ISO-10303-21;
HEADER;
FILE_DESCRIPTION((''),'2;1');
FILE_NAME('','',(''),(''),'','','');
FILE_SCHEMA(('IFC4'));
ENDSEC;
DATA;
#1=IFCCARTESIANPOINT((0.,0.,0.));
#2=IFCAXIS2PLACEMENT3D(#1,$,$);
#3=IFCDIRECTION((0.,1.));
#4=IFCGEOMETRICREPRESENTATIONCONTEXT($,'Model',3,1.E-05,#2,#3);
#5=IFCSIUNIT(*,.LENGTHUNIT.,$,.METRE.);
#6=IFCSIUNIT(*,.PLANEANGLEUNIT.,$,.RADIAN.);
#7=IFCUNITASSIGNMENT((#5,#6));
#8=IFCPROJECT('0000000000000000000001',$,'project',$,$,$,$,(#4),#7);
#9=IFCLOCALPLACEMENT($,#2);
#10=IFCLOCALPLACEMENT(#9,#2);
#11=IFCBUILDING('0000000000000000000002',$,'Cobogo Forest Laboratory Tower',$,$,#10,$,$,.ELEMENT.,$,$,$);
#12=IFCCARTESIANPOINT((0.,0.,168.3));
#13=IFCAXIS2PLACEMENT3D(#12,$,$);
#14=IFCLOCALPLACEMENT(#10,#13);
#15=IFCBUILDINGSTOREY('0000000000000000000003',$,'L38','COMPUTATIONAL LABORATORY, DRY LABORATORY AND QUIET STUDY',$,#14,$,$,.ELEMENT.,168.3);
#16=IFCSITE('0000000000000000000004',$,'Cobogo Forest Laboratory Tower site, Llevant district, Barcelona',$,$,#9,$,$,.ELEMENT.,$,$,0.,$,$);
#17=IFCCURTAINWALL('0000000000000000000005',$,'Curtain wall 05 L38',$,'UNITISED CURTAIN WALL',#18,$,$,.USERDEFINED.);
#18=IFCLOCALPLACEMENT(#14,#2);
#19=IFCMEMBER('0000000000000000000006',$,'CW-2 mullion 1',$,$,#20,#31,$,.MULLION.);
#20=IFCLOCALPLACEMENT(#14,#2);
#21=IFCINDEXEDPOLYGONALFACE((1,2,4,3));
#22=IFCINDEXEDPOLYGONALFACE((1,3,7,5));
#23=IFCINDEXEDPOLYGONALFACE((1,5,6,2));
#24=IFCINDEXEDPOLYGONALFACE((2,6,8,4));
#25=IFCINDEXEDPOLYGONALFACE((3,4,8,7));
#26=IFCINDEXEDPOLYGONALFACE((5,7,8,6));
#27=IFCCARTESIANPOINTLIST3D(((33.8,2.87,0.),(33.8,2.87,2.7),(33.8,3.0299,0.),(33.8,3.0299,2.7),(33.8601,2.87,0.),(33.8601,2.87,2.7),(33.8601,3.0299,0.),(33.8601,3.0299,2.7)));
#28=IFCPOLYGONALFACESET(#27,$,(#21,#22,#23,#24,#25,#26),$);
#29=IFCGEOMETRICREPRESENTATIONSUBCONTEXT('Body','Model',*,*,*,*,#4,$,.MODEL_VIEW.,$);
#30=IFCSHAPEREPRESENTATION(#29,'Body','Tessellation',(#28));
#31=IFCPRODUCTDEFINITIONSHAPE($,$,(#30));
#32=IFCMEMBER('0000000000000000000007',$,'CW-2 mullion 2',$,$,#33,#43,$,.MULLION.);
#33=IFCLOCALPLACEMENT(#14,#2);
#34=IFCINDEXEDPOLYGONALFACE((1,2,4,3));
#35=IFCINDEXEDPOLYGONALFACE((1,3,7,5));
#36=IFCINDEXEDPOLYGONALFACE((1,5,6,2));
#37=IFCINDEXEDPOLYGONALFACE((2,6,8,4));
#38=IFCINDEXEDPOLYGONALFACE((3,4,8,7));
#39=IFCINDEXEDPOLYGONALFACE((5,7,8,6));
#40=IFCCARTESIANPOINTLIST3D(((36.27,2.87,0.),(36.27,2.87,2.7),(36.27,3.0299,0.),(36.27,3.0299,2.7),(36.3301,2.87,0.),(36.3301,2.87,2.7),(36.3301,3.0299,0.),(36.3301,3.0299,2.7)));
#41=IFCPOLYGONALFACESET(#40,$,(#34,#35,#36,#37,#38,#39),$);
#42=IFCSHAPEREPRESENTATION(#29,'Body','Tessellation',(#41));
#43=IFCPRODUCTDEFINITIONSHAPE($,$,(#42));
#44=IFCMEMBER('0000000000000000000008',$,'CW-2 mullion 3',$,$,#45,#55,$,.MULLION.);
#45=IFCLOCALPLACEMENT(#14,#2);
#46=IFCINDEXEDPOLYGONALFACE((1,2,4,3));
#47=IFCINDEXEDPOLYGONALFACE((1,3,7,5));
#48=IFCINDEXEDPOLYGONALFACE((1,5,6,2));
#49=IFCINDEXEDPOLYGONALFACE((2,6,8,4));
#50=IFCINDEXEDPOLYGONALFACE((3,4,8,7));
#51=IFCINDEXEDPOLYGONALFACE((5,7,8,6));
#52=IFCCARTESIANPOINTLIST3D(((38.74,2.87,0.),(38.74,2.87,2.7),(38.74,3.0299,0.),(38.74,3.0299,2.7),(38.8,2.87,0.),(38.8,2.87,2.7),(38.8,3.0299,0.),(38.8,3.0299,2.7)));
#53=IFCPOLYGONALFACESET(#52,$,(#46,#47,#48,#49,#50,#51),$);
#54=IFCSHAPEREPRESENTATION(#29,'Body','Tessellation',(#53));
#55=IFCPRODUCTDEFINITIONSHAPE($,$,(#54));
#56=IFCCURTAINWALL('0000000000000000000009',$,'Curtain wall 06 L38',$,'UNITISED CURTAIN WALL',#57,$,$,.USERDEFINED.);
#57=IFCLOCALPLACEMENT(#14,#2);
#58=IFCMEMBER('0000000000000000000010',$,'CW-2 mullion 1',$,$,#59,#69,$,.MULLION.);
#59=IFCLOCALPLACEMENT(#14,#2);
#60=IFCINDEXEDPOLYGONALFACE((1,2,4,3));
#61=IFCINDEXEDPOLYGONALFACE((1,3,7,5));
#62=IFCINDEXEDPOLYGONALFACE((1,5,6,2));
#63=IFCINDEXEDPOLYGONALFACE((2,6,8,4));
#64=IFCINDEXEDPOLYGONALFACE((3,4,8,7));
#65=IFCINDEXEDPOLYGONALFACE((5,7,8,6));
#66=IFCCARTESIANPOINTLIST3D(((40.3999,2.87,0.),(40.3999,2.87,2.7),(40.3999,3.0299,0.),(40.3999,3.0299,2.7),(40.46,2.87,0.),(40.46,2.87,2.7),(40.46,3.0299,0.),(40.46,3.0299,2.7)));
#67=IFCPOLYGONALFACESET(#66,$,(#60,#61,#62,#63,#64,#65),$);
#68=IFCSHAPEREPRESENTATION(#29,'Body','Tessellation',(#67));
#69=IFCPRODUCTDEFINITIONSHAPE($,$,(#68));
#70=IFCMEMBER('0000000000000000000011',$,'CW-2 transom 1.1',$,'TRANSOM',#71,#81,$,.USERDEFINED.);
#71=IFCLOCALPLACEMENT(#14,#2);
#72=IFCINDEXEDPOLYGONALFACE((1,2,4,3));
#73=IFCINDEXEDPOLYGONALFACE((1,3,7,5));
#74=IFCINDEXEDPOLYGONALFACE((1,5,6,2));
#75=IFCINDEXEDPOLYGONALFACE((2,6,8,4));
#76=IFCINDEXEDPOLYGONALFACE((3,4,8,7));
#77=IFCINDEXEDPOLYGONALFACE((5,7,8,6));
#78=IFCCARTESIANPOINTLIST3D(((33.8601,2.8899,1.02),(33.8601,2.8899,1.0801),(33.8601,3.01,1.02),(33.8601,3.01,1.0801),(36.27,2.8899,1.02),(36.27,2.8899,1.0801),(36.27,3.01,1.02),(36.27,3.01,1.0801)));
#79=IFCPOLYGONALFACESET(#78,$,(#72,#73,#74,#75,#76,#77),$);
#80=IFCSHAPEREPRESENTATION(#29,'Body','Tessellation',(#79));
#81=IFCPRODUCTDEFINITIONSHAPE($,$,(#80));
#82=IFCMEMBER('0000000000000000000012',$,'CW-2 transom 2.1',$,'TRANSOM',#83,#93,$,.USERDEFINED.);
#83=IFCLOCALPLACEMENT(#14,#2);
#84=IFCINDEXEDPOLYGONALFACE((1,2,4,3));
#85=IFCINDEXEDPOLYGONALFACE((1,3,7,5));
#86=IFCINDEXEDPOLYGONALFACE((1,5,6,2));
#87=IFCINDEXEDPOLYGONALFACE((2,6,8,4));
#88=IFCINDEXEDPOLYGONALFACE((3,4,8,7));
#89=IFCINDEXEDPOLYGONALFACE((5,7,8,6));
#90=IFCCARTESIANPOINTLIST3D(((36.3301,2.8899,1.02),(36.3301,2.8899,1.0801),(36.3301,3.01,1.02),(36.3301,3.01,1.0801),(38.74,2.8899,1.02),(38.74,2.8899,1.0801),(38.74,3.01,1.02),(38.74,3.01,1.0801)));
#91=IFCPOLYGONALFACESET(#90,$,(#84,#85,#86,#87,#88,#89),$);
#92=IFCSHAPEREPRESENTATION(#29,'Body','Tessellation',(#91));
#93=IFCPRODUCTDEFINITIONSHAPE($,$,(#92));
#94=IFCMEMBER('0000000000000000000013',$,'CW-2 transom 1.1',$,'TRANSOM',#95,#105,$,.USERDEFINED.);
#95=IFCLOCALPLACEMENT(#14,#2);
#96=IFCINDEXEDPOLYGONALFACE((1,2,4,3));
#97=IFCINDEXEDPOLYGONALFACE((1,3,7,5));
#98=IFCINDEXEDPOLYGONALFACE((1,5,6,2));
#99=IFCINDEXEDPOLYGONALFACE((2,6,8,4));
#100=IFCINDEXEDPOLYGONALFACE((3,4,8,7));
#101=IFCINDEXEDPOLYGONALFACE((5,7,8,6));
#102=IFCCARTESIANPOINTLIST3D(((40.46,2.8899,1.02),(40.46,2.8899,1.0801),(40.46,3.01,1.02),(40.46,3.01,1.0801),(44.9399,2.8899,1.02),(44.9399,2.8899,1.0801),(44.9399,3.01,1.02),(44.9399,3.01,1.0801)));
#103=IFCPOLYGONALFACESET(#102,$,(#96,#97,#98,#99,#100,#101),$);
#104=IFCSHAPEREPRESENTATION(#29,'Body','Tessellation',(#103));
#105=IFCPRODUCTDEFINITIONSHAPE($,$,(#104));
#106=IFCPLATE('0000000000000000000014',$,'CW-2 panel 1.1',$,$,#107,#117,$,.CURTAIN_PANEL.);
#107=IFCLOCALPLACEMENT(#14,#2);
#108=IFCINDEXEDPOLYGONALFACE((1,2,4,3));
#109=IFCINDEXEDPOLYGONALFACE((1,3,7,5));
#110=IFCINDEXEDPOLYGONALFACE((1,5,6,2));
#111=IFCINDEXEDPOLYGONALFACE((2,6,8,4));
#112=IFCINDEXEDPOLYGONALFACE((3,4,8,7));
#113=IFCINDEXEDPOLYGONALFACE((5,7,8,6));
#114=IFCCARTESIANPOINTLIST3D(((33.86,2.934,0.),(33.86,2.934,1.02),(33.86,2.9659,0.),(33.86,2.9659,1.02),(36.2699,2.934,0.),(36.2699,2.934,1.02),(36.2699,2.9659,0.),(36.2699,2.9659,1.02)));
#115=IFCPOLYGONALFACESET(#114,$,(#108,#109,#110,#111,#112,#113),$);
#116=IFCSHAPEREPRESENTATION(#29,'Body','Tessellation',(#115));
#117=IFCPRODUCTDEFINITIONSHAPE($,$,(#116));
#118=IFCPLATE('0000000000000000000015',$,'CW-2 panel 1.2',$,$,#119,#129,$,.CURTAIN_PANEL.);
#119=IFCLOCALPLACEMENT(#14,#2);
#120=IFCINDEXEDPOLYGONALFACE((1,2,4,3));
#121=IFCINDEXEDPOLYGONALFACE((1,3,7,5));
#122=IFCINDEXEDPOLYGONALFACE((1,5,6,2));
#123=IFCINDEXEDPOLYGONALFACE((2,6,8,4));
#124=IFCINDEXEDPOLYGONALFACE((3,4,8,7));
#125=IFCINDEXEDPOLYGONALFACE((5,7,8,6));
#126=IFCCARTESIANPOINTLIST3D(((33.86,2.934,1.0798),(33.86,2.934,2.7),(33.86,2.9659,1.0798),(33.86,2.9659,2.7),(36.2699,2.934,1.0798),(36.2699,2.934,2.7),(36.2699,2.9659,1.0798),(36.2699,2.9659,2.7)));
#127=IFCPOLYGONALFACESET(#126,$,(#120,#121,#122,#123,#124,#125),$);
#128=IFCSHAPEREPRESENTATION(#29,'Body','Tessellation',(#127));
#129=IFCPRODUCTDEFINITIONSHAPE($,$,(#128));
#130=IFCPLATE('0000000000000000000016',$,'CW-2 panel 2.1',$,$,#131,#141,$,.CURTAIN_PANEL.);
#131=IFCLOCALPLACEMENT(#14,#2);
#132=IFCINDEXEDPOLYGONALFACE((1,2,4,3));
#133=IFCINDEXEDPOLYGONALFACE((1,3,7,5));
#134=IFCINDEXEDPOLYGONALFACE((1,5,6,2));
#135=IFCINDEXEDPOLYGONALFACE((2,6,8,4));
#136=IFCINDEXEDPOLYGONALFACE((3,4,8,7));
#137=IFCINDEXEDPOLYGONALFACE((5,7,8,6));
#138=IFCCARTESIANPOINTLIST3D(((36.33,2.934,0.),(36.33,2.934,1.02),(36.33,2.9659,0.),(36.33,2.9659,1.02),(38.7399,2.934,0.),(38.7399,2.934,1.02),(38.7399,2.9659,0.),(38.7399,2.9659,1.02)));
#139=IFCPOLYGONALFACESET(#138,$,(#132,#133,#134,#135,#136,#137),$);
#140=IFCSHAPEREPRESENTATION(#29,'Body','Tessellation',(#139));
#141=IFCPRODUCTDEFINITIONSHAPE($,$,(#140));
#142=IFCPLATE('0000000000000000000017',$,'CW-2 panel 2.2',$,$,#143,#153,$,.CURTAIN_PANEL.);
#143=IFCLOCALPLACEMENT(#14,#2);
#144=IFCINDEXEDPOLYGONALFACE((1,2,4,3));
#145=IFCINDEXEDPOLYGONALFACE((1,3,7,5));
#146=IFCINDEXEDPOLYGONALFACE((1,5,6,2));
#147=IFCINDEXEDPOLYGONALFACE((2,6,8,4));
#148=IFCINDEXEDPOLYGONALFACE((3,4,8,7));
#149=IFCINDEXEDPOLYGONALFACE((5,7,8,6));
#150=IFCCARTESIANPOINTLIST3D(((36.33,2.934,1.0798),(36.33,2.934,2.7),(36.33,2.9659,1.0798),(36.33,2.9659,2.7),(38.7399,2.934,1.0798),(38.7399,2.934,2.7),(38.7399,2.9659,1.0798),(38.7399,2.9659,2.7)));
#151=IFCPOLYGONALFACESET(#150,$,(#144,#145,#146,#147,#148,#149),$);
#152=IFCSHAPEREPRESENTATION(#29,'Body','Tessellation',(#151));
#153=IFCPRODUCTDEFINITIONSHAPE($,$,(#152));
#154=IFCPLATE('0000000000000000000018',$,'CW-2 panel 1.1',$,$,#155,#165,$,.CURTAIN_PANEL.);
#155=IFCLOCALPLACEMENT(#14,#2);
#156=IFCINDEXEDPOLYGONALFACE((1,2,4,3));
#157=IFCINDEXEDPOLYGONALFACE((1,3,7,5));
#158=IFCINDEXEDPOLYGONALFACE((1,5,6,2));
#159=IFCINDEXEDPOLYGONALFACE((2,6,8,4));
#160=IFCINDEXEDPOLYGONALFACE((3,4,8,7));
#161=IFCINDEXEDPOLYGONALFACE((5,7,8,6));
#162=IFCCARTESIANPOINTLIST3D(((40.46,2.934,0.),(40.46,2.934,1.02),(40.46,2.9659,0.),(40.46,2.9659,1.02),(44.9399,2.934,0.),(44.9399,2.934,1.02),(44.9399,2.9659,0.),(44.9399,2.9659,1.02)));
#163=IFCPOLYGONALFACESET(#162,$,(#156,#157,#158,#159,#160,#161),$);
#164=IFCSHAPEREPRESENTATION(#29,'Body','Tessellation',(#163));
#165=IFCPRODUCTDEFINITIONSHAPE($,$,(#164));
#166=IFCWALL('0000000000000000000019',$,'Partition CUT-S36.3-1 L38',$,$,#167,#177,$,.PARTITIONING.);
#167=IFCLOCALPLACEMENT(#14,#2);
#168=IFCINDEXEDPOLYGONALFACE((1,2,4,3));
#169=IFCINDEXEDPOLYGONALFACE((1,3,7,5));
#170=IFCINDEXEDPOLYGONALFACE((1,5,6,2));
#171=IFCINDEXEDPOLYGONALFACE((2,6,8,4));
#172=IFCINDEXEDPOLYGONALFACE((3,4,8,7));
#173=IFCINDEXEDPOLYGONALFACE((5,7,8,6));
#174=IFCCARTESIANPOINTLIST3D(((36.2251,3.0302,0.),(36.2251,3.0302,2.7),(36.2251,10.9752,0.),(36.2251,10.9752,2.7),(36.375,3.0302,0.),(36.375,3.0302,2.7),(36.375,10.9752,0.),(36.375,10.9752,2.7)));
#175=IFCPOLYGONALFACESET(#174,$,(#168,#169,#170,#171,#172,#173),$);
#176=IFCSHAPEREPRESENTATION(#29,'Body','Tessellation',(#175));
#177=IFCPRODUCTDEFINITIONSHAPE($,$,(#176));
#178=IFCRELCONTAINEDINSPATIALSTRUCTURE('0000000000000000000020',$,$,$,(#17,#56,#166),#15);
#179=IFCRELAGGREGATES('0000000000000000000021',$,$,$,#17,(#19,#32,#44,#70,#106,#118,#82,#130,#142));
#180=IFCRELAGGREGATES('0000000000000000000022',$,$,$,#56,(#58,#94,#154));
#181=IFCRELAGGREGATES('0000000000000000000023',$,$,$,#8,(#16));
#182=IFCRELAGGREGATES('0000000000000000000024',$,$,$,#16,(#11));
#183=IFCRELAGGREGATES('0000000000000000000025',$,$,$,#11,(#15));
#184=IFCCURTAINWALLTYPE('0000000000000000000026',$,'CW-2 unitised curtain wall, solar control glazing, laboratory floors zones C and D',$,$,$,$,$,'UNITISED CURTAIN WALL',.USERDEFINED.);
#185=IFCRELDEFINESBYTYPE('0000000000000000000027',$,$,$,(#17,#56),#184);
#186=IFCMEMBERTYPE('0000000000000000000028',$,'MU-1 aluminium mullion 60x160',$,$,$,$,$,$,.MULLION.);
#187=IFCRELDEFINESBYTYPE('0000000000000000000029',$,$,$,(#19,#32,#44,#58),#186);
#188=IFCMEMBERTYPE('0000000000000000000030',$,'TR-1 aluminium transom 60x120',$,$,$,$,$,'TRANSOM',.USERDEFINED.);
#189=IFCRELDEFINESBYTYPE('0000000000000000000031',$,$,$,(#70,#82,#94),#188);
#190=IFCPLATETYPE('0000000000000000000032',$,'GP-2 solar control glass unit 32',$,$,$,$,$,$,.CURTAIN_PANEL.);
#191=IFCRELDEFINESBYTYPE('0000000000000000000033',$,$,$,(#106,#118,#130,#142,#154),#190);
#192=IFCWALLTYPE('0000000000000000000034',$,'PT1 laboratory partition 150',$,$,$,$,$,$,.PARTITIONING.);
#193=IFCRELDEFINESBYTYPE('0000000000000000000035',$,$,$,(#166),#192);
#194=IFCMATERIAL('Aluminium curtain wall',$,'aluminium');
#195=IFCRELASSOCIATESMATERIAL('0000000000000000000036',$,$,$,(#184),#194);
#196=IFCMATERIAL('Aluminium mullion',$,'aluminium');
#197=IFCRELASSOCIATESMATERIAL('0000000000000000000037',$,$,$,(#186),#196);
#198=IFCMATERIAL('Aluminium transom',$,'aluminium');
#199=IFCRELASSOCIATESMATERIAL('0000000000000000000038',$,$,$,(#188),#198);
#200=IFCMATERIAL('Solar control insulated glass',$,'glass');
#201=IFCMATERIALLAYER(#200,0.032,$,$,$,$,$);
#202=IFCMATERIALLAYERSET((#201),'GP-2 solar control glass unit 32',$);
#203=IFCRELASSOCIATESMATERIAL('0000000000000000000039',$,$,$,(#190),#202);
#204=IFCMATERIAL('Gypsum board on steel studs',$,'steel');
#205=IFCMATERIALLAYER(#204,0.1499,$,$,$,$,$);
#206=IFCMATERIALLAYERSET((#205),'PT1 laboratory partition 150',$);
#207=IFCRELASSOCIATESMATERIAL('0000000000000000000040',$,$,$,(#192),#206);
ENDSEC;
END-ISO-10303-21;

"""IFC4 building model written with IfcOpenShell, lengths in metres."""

from ifc_helpers import new_model, si_unit, direction, frame, frame_2d, origin, origin_2d, place, context, subcontext, project, spatial, rectangle, extrude, material, layer, layer_set, material_profile, profile_set, type_object, element, aggregate, save


model = new_model("IFC4")

# Units and contexts
model_context = context("Model", 3, precision=1e-05, world=origin(), true_north=direction((0.0, 1.0)))
body_context = subcontext(model_context, "Body", "Model", "MODEL_VIEW")
ifc_project = project(units=[si_unit("LENGTHUNIT", "METRE"), si_unit("PLANEANGLEUNIT", "RADIAN")], contexts=[model_context])

# Site, building, storey
site_placement = place(None, origin())
site = spatial("IfcSite", under=ifc_project, at=site_placement, Name="Cobogo Forest Laboratory Tower site, Llevant district, Barcelona", CompositionType="ELEMENT", RefElevation=0.0)
building_placement = place(site_placement, origin())
building = spatial("IfcBuilding", under=site, at=building_placement, Name="Cobogo Forest Laboratory Tower", CompositionType="ELEMENT")
storey_placement = place(building_placement, frame((0.0, 0.0, 168.3)))
storey = spatial("IfcBuildingStorey", under=building, at=storey_placement, Name="L38", Description="COMPUTATIONAL LABORATORY, DRY LABORATORY AND QUIET STUDY", CompositionType="ELEMENT", Elevation=168.3)

# Curtain wall, members
ifc_material_1 = material(Name="Aluminium curtain wall", Category="aluminium")
curtain_wall_type = type_object("IfcCurtainWallType", Name="CW-2 unitised curtain wall, solar control glazing, laboratory floors zones C and D", ElementType="UNITISED CURTAIN WALL", PredefinedType="USERDEFINED", material=ifc_material_1)
curtain_wall_1_placement = place(storey_placement, origin())
curtain_wall_1 = element("IfcCurtainWall", 1, at=curtain_wall_1_placement, inside=storey, type_object=curtain_wall_type, Name="Curtain wall 05 L38", ObjectType="UNITISED CURTAIN WALL", PredefinedType="USERDEFINED")
ifc_material_2 = material(Name="Aluminium mullion", Category="aluminium")
ifc_material_profile_1 = material_profile(ifc_material_2, rectangle(XDim=0.0601, YDim=0.1599, at=origin_2d()), Name="AL 60x160")
ifc_profile_set_1 = profile_set([ifc_material_profile_1], Name="Aluminium mullion")
member_type_1 = type_object("IfcMemberType", Name="MU-1 aluminium mullion 60x160", PredefinedType="MULLION", material=ifc_profile_set_1)
member_1_placement = place(storey_placement, frame((33.8301, 2.95, 0.0), z_axis=(0.0, 0.0, 1.0), x_axis=(1.0, 0.0, 0.0)))
member_1 = element("IfcMember", 2, at=member_1_placement, type_object=member_type_1, Name="CW-2 mullion 1", PredefinedType="MULLION", context=body_context, shape_type="SweptSolid", body=[
    extrude(rectangle(XDim=0.0601, YDim=0.1599, at=origin_2d()), origin(), (0.0, 0.0, 1.0), 2.7),
])
member_2_placement = place(storey_placement, frame((36.3, 2.95, 0.0), z_axis=(0.0, 0.0, 1.0), x_axis=(1.0, 0.0, 0.0)))
member_2 = element("IfcMember", 3, at=member_2_placement, type_object=member_type_1, Name="CW-2 mullion 2", PredefinedType="MULLION", context=body_context, shape_type="SweptSolid", body=[
    extrude(rectangle(XDim=0.0601, YDim=0.1599, at=origin_2d()), origin(), (0.0, 0.0, 1.0), 2.7),
])
member_3_placement = place(storey_placement, frame((38.77, 2.95, 0.0), z_axis=(0.0, 0.0, 1.0), x_axis=(1.0, 0.0, 0.0)))
member_3 = element("IfcMember", 4, at=member_3_placement, type_object=member_type_1, Name="CW-2 mullion 3", PredefinedType="MULLION", context=body_context, shape_type="SweptSolid", body=[
    extrude(rectangle(XDim=0.0601, YDim=0.1599, at=origin_2d()), origin(), (0.0, 0.0, 1.0), 2.7),
])

# Curtain wall, member
curtain_wall_2_placement = place(storey_placement, origin())
curtain_wall_2 = element("IfcCurtainWall", 5, at=curtain_wall_2_placement, inside=storey, type_object=curtain_wall_type, Name="Curtain wall 06 L38", ObjectType="UNITISED CURTAIN WALL", PredefinedType="USERDEFINED")
member_4_placement = place(storey_placement, frame((40.4299, 2.95, 0.0), z_axis=(0.0, 0.0, 1.0), x_axis=(1.0, 0.0, 0.0)))
member_4 = element("IfcMember", 6, at=member_4_placement, type_object=member_type_1, Name="CW-2 mullion 1", PredefinedType="MULLION", context=body_context, shape_type="SweptSolid", body=[
    extrude(rectangle(XDim=0.0601, YDim=0.1599, at=origin_2d()), origin(), (0.0, 0.0, 1.0), 2.7),
])

# Members
ifc_material_3 = material(Name="Aluminium transom", Category="aluminium")
ifc_material_profile_2 = material_profile(ifc_material_3, rectangle(XDim=0.1201, YDim=0.0601, at=origin_2d()), Name="AL 60x120")
ifc_profile_set_2 = profile_set([ifc_material_profile_2], Name="Aluminium transom")
member_type_2 = type_object("IfcMemberType", Name="TR-1 aluminium transom 60x120", ElementType="TRANSOM", PredefinedType="USERDEFINED", material=ifc_profile_set_2)
member_5_placement = place(storey_placement, frame((33.8601, 2.95, 1.05), z_axis=(1.0, 0.0, 0.0), x_axis=(0.0, 1.0, 0.0)))
member_5 = element("IfcMember", 7, at=member_5_placement, type_object=member_type_2, Name="CW-2 transom 1.1", ObjectType="TRANSOM", PredefinedType="USERDEFINED", context=body_context, shape_type="SweptSolid", body=[
    extrude(rectangle(XDim=0.1201, YDim=0.0601, at=origin_2d()), origin(), (0.0, 0.0, 1.0), 2.4099),
])
member_6_placement = place(storey_placement, frame((36.3301, 2.95, 1.05), z_axis=(1.0, 0.0, 0.0), x_axis=(0.0, 1.0, 0.0)))
member_6 = element("IfcMember", 8, at=member_6_placement, type_object=member_type_2, Name="CW-2 transom 2.1", ObjectType="TRANSOM", PredefinedType="USERDEFINED", context=body_context, shape_type="SweptSolid", body=[
    extrude(rectangle(XDim=0.1201, YDim=0.0601, at=origin_2d()), origin(), (0.0, 0.0, 1.0), 2.4099),
])
member_7_placement = place(storey_placement, frame((40.46, 2.95, 1.05), z_axis=(1.0, 0.0, 0.0), x_axis=(0.0, 1.0, 0.0)))
member_7 = element("IfcMember", 9, at=member_7_placement, type_object=member_type_2, Name="CW-2 transom 1.1", ObjectType="TRANSOM", PredefinedType="USERDEFINED", context=body_context, shape_type="SweptSolid", body=[
    extrude(rectangle(XDim=0.1201, YDim=0.0601, at=origin_2d()), origin(), (0.0, 0.0, 1.0), 4.48),
])

# Plates
ifc_material_4 = material(Name="Solar control insulated glass", Category="glass")
ifc_layer_1 = layer(ifc_material_4, 0.032)
ifc_layer_set_1 = layer_set([ifc_layer_1], Name="GP-2 solar control glass unit 32")
plate_type_1 = type_object("IfcPlateType", Name="GP-2 solar control glass unit 32", PredefinedType="CURTAIN_PANEL", material=ifc_layer_set_1)
plate_1_placement = place(storey_placement, frame((35.0649, 2.95, 0.0), z_axis=(0.0, 0.0, 1.0), x_axis=(1.0, 0.0, 0.0)))
plate_1 = element("IfcPlate", 10, at=plate_1_placement, type_object=plate_type_1, Name="CW-2 panel 1.1", PredefinedType="CURTAIN_PANEL", context=body_context, shape_type="SweptSolid", body=[
    extrude(rectangle(XDim=2.4099, YDim=0.032, at=origin_2d()), origin(), (0.0, 0.0, 1.0), 1.02),
])
plate_2_placement = place(storey_placement, frame((35.0649, 2.95, 1.0798), z_axis=(0.0, 0.0, 1.0), x_axis=(1.0, 0.0, 0.0)))
plate_2 = element("IfcPlate", 11, at=plate_2_placement, type_object=plate_type_1, Name="CW-2 panel 1.2", PredefinedType="CURTAIN_PANEL", context=body_context, shape_type="SweptSolid", body=[
    extrude(rectangle(XDim=2.4099, YDim=0.032, at=origin_2d()), origin(), (0.0, 0.0, 1.0), 1.6201),
])
plate_3_placement = place(storey_placement, frame((37.5349, 2.95, 0.0), z_axis=(0.0, 0.0, 1.0), x_axis=(1.0, 0.0, 0.0)))
plate_3 = element("IfcPlate", 12, at=plate_3_placement, type_object=plate_type_1, Name="CW-2 panel 2.1", PredefinedType="CURTAIN_PANEL", context=body_context, shape_type="SweptSolid", body=[
    extrude(rectangle(XDim=2.4099, YDim=0.032, at=origin_2d()), origin(), (0.0, 0.0, 1.0), 1.02),
])
plate_4_placement = place(storey_placement, frame((37.5349, 2.95, 1.0798), z_axis=(0.0, 0.0, 1.0), x_axis=(1.0, 0.0, 0.0)))
plate_4 = element("IfcPlate", 13, at=plate_4_placement, type_object=plate_type_1, Name="CW-2 panel 2.2", PredefinedType="CURTAIN_PANEL", context=body_context, shape_type="SweptSolid", body=[
    extrude(rectangle(XDim=2.4099, YDim=0.032, at=origin_2d()), origin(), (0.0, 0.0, 1.0), 1.6201),
])
aggregate(curtain_wall_1, [member_1, member_2, member_3, member_5, plate_1, plate_2, member_6, plate_3, plate_4])
plate_5_placement = place(storey_placement, frame((42.7, 2.95, 0.0), z_axis=(0.0, 0.0, 1.0), x_axis=(1.0, 0.0, 0.0)))
plate_5 = element("IfcPlate", 14, at=plate_5_placement, type_object=plate_type_1, Name="CW-2 panel 1.1", PredefinedType="CURTAIN_PANEL", context=body_context, shape_type="SweptSolid", body=[
    extrude(rectangle(XDim=4.48, YDim=0.032, at=origin_2d()), origin(), (0.0, 0.0, 1.0), 1.02),
])
aggregate(curtain_wall_2, [member_4, member_7, plate_5])

# Wall
ifc_material_5 = material(Name="Gypsum board on steel studs", Category="steel")
ifc_layer_2 = layer(ifc_material_5, 0.1499)
ifc_layer_set_2 = layer_set([ifc_layer_2], Name="PT1 laboratory partition 150")
wall_type = type_object("IfcWallType", Name="PT1 laboratory partition 150", PredefinedType="PARTITIONING", material=ifc_layer_set_2)
wall_placement = place(storey_placement, frame((36.3, 3.03, 0.0), z_axis=(0.0, 0.0, 1.0), x_axis=(0.0, 1.0, 0.0)))
element("IfcWall", 15, at=wall_placement, inside=storey, type_object=wall_type, Name="Partition CUT-S36.3-1 L38", PredefinedType="PARTITIONING", context=body_context, shape_type="SweptSolid", body=[
    extrude(rectangle(XDim=7.9451, YDim=0.1499, at=frame_2d((3.9727, 0.0))), origin(), (0.0, 0.0, 1.0), 2.7),
])

save(model, "model.ifc")
